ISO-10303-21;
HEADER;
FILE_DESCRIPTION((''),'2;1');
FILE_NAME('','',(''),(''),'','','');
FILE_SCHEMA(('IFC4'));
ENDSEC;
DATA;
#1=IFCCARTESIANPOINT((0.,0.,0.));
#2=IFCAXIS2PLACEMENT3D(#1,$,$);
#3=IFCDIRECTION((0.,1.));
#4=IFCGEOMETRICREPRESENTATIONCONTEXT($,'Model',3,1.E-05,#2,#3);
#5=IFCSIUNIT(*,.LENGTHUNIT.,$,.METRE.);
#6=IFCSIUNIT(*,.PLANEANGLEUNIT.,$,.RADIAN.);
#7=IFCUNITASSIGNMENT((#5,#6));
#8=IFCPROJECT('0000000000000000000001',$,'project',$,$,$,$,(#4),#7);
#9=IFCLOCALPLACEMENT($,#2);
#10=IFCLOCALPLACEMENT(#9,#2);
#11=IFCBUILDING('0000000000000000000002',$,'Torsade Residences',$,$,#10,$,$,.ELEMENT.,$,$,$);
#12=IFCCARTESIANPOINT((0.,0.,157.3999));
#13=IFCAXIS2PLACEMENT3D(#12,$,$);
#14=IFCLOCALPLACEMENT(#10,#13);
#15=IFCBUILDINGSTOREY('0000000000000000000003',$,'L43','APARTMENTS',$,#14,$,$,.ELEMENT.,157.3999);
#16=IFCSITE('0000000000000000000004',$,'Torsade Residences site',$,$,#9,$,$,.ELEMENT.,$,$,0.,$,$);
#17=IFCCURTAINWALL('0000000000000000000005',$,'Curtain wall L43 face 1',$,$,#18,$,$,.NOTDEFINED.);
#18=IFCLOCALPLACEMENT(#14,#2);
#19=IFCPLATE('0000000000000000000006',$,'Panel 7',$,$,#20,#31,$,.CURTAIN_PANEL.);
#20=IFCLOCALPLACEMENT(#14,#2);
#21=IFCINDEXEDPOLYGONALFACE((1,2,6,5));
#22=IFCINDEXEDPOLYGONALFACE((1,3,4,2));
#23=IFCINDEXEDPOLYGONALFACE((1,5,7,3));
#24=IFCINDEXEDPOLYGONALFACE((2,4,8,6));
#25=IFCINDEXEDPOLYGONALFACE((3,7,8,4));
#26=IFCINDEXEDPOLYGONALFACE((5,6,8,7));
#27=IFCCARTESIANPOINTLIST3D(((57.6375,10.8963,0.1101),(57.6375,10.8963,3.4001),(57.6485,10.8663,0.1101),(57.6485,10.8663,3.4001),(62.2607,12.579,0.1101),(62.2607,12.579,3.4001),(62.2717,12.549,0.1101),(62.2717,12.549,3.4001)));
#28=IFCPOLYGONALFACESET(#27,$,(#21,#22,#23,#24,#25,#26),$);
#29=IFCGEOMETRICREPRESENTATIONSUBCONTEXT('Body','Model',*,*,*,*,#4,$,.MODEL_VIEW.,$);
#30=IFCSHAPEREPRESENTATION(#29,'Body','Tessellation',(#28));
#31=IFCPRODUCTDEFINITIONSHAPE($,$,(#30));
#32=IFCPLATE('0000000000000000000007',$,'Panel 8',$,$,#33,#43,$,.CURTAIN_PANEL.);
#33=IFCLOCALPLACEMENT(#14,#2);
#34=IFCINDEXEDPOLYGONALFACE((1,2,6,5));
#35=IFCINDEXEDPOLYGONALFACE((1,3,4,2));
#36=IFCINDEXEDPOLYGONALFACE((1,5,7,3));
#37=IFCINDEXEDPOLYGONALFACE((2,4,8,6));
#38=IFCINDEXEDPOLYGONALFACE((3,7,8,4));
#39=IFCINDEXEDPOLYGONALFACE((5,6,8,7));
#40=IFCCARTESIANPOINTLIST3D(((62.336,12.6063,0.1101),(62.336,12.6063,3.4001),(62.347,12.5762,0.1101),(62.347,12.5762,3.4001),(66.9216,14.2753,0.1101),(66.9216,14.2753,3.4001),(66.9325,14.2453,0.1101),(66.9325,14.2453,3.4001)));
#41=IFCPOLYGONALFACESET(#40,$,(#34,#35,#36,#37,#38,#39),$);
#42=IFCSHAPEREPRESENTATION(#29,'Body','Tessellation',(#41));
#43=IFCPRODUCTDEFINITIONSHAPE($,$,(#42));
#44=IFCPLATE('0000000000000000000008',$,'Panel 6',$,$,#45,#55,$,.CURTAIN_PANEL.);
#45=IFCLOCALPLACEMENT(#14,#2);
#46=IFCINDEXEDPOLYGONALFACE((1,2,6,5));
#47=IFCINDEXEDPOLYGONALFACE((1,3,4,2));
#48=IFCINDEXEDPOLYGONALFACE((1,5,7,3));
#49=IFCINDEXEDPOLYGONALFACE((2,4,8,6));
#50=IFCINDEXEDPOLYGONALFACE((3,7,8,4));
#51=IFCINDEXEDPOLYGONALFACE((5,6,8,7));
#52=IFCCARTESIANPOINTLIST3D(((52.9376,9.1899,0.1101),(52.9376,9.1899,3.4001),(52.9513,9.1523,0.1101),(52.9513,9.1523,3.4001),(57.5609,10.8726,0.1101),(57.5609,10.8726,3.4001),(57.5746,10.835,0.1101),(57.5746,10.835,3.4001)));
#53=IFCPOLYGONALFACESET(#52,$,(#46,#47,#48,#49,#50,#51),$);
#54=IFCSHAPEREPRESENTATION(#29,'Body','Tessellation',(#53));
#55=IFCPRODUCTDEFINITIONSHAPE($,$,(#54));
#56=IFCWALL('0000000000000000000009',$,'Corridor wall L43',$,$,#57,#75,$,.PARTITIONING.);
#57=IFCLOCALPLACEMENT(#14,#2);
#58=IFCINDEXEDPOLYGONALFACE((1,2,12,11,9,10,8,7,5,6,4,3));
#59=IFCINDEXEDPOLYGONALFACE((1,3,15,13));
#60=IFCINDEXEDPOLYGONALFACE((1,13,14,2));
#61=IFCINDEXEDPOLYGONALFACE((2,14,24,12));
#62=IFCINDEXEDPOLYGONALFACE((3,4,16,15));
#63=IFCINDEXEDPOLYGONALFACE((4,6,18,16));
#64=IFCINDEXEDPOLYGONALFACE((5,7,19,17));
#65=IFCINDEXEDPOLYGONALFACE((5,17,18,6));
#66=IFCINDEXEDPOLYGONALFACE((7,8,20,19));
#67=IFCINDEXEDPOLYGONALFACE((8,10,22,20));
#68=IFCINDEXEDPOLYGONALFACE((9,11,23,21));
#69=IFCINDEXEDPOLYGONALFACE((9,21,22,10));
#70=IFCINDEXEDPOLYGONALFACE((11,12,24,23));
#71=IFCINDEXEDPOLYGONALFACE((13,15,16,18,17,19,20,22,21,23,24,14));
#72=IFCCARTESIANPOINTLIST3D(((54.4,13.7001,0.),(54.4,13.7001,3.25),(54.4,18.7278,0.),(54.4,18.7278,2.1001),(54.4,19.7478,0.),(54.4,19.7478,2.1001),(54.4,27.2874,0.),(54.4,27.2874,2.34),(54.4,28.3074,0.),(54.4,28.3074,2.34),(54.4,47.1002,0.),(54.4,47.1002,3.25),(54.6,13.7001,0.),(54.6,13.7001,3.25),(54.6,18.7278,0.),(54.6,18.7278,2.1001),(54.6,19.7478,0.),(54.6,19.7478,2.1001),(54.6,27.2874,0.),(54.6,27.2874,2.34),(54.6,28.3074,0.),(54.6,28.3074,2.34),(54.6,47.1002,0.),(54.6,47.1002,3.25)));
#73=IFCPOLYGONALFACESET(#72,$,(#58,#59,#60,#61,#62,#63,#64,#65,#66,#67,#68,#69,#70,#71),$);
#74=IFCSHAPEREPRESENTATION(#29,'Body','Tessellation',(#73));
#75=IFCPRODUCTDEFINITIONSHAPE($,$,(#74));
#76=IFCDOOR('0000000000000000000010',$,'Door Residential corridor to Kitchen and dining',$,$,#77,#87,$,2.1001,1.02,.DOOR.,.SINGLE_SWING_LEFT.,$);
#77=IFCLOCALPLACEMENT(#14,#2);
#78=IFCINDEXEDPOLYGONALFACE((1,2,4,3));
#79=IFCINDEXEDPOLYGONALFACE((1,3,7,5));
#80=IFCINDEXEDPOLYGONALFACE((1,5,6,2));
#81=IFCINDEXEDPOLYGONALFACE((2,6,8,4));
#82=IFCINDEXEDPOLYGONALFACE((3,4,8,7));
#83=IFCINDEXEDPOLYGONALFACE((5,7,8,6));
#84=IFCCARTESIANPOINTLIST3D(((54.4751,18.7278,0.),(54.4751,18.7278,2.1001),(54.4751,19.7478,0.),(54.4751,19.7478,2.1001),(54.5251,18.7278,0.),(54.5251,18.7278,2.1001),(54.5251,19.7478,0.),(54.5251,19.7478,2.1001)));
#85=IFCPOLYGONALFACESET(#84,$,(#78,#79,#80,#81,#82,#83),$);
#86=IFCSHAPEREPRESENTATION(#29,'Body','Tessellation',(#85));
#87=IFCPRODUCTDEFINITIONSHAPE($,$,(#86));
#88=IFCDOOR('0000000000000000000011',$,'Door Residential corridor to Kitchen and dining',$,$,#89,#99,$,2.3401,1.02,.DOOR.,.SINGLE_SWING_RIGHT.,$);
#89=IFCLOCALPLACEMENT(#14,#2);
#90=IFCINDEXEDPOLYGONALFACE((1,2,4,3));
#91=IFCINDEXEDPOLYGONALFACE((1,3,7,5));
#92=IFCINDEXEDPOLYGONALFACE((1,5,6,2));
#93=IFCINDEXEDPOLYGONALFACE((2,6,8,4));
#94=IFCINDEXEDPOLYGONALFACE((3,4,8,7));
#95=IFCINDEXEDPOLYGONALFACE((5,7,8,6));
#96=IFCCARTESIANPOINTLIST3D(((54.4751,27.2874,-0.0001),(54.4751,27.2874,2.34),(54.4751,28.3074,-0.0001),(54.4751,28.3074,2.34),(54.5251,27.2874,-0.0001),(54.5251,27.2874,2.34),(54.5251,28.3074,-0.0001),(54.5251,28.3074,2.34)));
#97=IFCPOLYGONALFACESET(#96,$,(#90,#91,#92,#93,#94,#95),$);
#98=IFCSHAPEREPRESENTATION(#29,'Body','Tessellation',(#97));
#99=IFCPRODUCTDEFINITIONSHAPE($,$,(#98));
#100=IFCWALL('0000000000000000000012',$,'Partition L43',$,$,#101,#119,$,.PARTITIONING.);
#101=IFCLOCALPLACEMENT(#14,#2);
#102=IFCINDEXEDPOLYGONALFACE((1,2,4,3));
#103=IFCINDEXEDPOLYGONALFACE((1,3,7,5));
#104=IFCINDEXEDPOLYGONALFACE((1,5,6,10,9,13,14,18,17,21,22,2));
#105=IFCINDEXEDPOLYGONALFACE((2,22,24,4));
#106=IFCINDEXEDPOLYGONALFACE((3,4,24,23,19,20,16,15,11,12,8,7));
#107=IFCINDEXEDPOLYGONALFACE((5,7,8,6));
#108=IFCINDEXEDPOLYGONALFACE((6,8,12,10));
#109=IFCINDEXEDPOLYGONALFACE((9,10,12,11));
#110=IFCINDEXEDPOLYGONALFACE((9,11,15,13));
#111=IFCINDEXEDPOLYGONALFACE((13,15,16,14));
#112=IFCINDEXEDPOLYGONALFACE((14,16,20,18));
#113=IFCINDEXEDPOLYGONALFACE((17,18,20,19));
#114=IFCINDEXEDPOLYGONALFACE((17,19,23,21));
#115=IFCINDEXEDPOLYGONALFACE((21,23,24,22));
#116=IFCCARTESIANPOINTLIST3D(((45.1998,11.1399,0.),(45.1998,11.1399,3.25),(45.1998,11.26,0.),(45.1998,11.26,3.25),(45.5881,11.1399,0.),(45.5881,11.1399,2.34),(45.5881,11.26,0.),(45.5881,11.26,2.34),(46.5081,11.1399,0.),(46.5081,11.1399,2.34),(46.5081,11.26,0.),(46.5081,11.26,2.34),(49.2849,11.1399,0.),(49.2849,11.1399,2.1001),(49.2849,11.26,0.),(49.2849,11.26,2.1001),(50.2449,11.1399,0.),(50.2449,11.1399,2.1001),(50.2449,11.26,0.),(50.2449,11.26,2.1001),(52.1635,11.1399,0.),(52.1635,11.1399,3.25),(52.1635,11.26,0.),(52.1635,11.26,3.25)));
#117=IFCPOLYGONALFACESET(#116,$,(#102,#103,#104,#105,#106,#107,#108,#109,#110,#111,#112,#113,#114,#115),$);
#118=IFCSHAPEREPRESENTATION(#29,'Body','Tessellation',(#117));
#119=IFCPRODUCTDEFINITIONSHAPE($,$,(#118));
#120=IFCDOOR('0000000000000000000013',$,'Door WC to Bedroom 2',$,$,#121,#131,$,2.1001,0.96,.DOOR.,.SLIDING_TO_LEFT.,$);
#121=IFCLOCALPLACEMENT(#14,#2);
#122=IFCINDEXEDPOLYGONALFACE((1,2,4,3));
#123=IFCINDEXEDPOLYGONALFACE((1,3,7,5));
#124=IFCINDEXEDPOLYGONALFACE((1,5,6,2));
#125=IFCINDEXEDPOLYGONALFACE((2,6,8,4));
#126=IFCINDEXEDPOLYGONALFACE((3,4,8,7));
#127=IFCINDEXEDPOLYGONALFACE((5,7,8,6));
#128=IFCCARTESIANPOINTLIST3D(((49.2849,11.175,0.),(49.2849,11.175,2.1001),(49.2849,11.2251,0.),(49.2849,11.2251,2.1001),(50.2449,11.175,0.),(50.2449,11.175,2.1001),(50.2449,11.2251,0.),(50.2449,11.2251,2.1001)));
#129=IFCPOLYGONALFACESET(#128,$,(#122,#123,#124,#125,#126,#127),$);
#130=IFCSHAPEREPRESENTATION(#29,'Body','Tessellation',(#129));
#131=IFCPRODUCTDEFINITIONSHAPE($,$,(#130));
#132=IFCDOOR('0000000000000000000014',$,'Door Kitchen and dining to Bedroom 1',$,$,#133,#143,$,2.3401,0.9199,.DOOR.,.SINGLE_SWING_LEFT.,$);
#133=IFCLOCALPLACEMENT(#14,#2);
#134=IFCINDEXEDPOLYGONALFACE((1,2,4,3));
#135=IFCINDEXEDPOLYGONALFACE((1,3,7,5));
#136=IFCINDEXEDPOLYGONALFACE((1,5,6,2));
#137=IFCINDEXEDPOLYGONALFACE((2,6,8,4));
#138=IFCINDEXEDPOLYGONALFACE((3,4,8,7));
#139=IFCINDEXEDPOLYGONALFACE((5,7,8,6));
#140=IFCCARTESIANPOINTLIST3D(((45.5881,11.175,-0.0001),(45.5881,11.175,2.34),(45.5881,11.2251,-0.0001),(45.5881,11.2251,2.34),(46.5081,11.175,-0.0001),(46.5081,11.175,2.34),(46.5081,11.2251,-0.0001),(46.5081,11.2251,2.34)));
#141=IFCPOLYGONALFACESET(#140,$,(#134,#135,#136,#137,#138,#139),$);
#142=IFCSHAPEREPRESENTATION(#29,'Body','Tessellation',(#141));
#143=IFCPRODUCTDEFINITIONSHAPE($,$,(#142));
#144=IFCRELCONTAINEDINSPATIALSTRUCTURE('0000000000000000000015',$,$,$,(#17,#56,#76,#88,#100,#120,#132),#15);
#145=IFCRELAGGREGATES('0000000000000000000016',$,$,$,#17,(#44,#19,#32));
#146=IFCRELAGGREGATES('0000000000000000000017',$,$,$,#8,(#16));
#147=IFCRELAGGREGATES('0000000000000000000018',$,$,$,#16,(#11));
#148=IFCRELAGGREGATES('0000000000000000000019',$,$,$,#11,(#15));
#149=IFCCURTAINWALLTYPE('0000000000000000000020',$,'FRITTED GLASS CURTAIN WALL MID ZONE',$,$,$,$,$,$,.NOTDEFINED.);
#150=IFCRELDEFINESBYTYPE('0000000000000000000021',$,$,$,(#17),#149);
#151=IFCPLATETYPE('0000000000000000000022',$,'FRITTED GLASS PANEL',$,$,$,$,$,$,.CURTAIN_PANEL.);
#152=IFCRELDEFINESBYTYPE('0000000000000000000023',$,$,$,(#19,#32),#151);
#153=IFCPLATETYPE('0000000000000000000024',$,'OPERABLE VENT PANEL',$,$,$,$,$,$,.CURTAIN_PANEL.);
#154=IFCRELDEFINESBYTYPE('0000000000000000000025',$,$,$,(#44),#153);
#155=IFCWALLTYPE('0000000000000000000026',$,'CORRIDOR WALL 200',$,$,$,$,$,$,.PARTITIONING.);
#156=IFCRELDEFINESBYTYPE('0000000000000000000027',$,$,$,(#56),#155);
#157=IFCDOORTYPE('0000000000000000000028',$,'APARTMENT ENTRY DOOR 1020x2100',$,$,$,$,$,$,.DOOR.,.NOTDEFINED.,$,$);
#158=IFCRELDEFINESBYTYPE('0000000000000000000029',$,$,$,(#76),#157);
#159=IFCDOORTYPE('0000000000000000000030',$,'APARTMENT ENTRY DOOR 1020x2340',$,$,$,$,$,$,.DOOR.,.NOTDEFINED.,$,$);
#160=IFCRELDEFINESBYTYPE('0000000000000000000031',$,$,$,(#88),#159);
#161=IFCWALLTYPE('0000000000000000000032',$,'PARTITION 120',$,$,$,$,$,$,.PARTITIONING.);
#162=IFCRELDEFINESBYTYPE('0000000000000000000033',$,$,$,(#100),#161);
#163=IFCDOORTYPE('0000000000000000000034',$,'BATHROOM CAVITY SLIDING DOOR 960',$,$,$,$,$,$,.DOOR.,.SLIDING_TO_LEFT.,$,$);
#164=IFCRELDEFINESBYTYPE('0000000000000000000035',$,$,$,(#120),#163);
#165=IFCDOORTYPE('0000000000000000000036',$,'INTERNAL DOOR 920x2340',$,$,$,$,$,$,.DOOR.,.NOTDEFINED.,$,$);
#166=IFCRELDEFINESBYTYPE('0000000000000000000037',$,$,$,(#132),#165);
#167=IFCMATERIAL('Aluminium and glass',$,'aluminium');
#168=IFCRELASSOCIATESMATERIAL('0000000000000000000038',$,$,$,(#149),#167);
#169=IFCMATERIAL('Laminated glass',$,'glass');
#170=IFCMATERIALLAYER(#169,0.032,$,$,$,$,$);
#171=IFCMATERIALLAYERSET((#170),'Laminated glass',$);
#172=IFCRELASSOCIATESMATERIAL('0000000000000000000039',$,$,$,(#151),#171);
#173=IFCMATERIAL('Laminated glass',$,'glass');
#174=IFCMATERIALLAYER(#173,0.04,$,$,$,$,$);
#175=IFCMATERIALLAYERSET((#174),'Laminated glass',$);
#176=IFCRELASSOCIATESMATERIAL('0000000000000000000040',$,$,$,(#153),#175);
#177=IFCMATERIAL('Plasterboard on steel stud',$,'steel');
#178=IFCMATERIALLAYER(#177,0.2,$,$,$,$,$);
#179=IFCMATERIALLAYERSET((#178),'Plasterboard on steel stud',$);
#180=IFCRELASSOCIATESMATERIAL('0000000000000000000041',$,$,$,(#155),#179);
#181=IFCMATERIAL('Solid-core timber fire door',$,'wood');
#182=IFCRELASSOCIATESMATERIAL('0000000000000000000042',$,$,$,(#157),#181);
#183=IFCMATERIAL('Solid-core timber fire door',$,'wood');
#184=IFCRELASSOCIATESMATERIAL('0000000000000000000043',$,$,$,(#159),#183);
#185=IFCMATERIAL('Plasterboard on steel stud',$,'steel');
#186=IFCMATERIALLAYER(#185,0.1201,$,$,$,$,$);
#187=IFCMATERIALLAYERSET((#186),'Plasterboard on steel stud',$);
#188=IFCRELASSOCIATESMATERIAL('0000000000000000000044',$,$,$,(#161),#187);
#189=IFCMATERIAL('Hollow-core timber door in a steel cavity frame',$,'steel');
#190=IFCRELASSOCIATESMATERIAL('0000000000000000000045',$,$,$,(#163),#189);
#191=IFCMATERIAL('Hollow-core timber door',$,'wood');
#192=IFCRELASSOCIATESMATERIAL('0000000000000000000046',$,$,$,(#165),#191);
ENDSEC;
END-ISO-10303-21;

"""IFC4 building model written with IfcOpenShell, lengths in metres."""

from ifc_helpers import new_model, si_unit, direction, frame, frame_2d, origin, origin_2d, place, context, subcontext, project, spatial, rectangle, extrude, material, layer, layer_set, type_object, element, fill, aggregate, save


model = new_model("IFC4")

# Units and contexts
model_context = context("Model", 3, precision=1e-05, world=origin(), true_north=direction((0.0, 1.0)))
body_context = subcontext(model_context, "Body", "Model", "MODEL_VIEW")
ifc_project = project(units=[si_unit("LENGTHUNIT", "METRE"), si_unit("PLANEANGLEUNIT", "RADIAN")], contexts=[model_context])

# Site, building, storey
site_placement = place(None, origin())
site = spatial("IfcSite", under=ifc_project, at=site_placement, Name="Torsade Residences site", CompositionType="ELEMENT", RefElevation=0.0)
building_placement = place(site_placement, origin())
building = spatial("IfcBuilding", under=site, at=building_placement, Name="Torsade Residences", CompositionType="ELEMENT")
storey_placement = place(building_placement, frame((0.0, 0.0, 157.3999)))
storey = spatial("IfcBuildingStorey", under=building, at=storey_placement, Name="L43", Description="APARTMENTS", CompositionType="ELEMENT", Elevation=157.3999)

# Curtain wall
ifc_material_1 = material(Name="Aluminium and glass", Category="aluminium")
curtain_wall_type = type_object("IfcCurtainWallType", Name="FRITTED GLASS CURTAIN WALL MID ZONE", PredefinedType="NOTDEFINED", material=ifc_material_1)
curtain_wall_placement = place(storey_placement, origin())
curtain_wall = element("IfcCurtainWall", 1, at=curtain_wall_placement, inside=storey, type_object=curtain_wall_type, Name="Curtain wall L43 face 1", PredefinedType="NOTDEFINED")

# Plates
ifc_material_2 = material(Name="Laminated glass", Category="glass")
ifc_layer_1 = layer(ifc_material_2, 0.032)
ifc_layer_set_1 = layer_set([ifc_layer_1], Name="Laminated glass")
plate_type_1 = type_object("IfcPlateType", Name="FRITTED GLASS PANEL", PredefinedType="CURTAIN_PANEL", material=ifc_layer_set_1)
plate_1_placement = place(storey_placement, frame((59.9546, 11.7227, 0.1101), z_axis=(0.0, 0.0, 1.0), x_axis=(0.939693, 0.34202, 0.0)))
plate_1 = element("IfcPlate", 2, at=plate_1_placement, type_object=plate_type_1, Name="Panel 7", PredefinedType="CURTAIN_PANEL", context=body_context, shape_type="SweptSolid", body=[
    extrude(rectangle(XDim=4.9199, YDim=0.032, at=origin_2d()), origin(), (0.0, 0.0, 1.0), 3.29),
])
plate_2_placement = place(storey_placement, frame((64.6343, 13.4258, 0.1101), z_axis=(0.0, 0.0, 1.0), x_axis=(0.939693, 0.34202, 0.0)))
plate_2 = element("IfcPlate", 3, at=plate_2_placement, type_object=plate_type_1, Name="Panel 8", PredefinedType="CURTAIN_PANEL", context=body_context, shape_type="SweptSolid", body=[
    extrude(rectangle(XDim=4.8799, YDim=0.032, at=origin_2d()), origin(), (0.0, 0.0, 1.0), 3.29),
])
ifc_material_3 = material(Name="Laminated glass", Category="glass")
ifc_layer_2 = layer(ifc_material_3, 0.04)
ifc_layer_set_2 = layer_set([ifc_layer_2], Name="Laminated glass")
plate_type_2 = type_object("IfcPlateType", Name="OPERABLE VENT PANEL", PredefinedType="CURTAIN_PANEL", material=ifc_layer_set_2)
plate_3_placement = place(storey_placement, frame((55.2561, 10.0125, 0.1101), z_axis=(0.0, 0.0, 1.0), x_axis=(0.939693, 0.34202, 0.0)))
plate_3 = element("IfcPlate", 4, at=plate_3_placement, type_object=plate_type_2, Name="Panel 6", PredefinedType="CURTAIN_PANEL", context=body_context, shape_type="SweptSolid", body=[
    extrude(rectangle(XDim=4.9199, YDim=0.04, at=origin_2d()), origin(), (0.0, 0.0, 1.0), 3.29),
])
aggregate(curtain_wall, [plate_3, plate_1, plate_2])

# Walls, openings, doors
ifc_material_4 = material(Name="Plasterboard on steel stud", Category="steel")
ifc_layer_3 = layer(ifc_material_4, 0.2)
ifc_layer_set_3 = layer_set([ifc_layer_3], Name="Plasterboard on steel stud")
wall_type_1 = type_object("IfcWallType", Name="CORRIDOR WALL 200", PredefinedType="PARTITIONING", material=ifc_layer_set_3)
wall_1_placement = place(storey_placement, frame((54.5, 13.7, 0.0), z_axis=(0.0, 0.0, 1.0), x_axis=(0.0, 1.0, 0.0)))
wall_1 = element("IfcWall", 5, at=wall_1_placement, inside=storey, type_object=wall_type_1, Name="Corridor wall L43", PredefinedType="PARTITIONING", context=body_context, shape_type="SweptSolid", body=[
    extrude(rectangle(XDim=33.4001, YDim=0.2, at=frame_2d((16.7002, 0.0))), origin(), (0.0, 0.0, 1.0), 3.25),
])
opening_1_placement = place(wall_1_placement, frame((5.0278, 0.0, 0.0)))
opening_1 = element("IfcOpeningElement", 6, at=opening_1_placement, cuts=wall_1, PredefinedType="OPENING", context=body_context, shape_type="SweptSolid", body=[
    extrude(rectangle(XDim=1.02, YDim=2.1001, at=frame_2d((0.51, 1.05))), frame((0.0, 0.1099, 0.0), z_axis=(0.0, -1.0, 0.0), x_axis=(1.0, 0.0, 0.0)), (0.0, 0.0, 1.0), 0.22),
])
opening_2_placement = place(wall_1_placement, frame((13.5874, 0.0, 0.0)))
opening_2 = element("IfcOpeningElement", 7, at=opening_2_placement, cuts=wall_1, PredefinedType="OPENING", context=body_context, shape_type="SweptSolid", body=[
    extrude(rectangle(XDim=1.02, YDim=2.3401, at=frame_2d((0.51, 1.1699))), frame((0.0, 0.1099, 0.0), z_axis=(0.0, -1.0, 0.0), x_axis=(1.0, 0.0, 0.0)), (0.0, 0.0, 1.0), 0.22),
])
ifc_material_5 = material(Name="Solid-core timber fire door", Category="wood")
door_type_1 = type_object("IfcDoorType", Name="APARTMENT ENTRY DOOR 1020x2100", OperationType="NOTDEFINED", PredefinedType="DOOR", material=ifc_material_5)
door_1_placement = place(opening_1_placement, origin())
door_1 = element("IfcDoor", 8, at=door_1_placement, inside=storey, type_object=door_type_1, Name="Door Residential corridor to Kitchen and dining", OperationType="SINGLE_SWING_LEFT", OverallHeight=2.1001, OverallWidth=1.02, PredefinedType="DOOR", context=body_context, shape_type="SweptSolid", body=[
    extrude(rectangle(XDim=1.02, YDim=2.1001, at=frame_2d((0.51, 1.05))), frame((0.0, 0.0249, 0.0), z_axis=(0.0, -1.0, 0.0), x_axis=(1.0, 0.0, 0.0)), (0.0, 0.0, 1.0), 0.05),
])
fill(opening_1, door_1)
ifc_material_6 = material(Name="Solid-core timber fire door", Category="wood")
door_type_2 = type_object("IfcDoorType", Name="APARTMENT ENTRY DOOR 1020x2340", OperationType="NOTDEFINED", PredefinedType="DOOR", material=ifc_material_6)
door_2_placement = place(opening_2_placement, origin())
door_2 = element("IfcDoor", 9, at=door_2_placement, inside=storey, type_object=door_type_2, Name="Door Residential corridor to Kitchen and dining", OperationType="SINGLE_SWING_RIGHT", OverallHeight=2.3401, OverallWidth=1.02, PredefinedType="DOOR", context=body_context, shape_type="SweptSolid", body=[
    extrude(rectangle(XDim=1.02, YDim=2.3401, at=frame_2d((0.51, 1.1699))), frame((0.0, 0.0249, 0.0), z_axis=(0.0, -1.0, 0.0), x_axis=(1.0, 0.0, 0.0)), (0.0, 0.0, 1.0), 0.05),
])
fill(opening_2, door_2)
ifc_material_7 = material(Name="Plasterboard on steel stud", Category="steel")
ifc_layer_4 = layer(ifc_material_7, 0.1201)
ifc_layer_set_4 = layer_set([ifc_layer_4], Name="Plasterboard on steel stud")
wall_type_2 = type_object("IfcWallType", Name="PARTITION 120", PredefinedType="PARTITIONING", material=ifc_layer_set_4)
wall_2_placement = place(storey_placement, frame((52.1636, 11.2, 0.0), z_axis=(0.0, 0.0, 1.0), x_axis=(-1.0, 0.0, 0.0)))
wall_2 = element("IfcWall", 10, at=wall_2_placement, inside=storey, type_object=wall_type_2, Name="Partition L43", PredefinedType="PARTITIONING", context=body_context, shape_type="SweptSolid", body=[
    extrude(rectangle(XDim=6.9636, YDim=0.1201, at=frame_2d((3.4819, 0.0))), origin(), (0.0, 0.0, 1.0), 3.25),
])
opening_3_placement = place(wall_2_placement, frame((5.6555, 0.0, 0.0)))
opening_3 = element("IfcOpeningElement", 11, at=opening_3_placement, cuts=wall_2, PredefinedType="OPENING", context=body_context, shape_type="SweptSolid", body=[
    extrude(rectangle(XDim=0.9199, YDim=2.3401, at=frame_2d((0.46, 1.1699))), frame((0.0, 0.0701, 0.0), z_axis=(0.0, -1.0, 0.0), x_axis=(1.0, 0.0, 0.0)), (0.0, 0.0, 1.0), 0.1401),
])
opening_4_placement = place(wall_2_placement, frame((1.9187, 0.0, 0.0)))
opening_4 = element("IfcOpeningElement", 12, at=opening_4_placement, cuts=wall_2, PredefinedType="OPENING", context=body_context, shape_type="SweptSolid", body=[
    extrude(rectangle(XDim=0.96, YDim=2.1001, at=frame_2d((0.48, 1.05))), frame((0.0, 0.0701, 0.0), z_axis=(0.0, -1.0, 0.0), x_axis=(1.0, 0.0, 0.0)), (0.0, 0.0, 1.0), 0.1401),
])
ifc_material_8 = material(Name="Hollow-core timber door in a steel cavity frame", Category="steel")
door_type_3 = type_object("IfcDoorType", Name="BATHROOM CAVITY SLIDING DOOR 960", OperationType="SLIDING_TO_LEFT", PredefinedType="DOOR", material=ifc_material_8)
door_3_placement = place(opening_4_placement, origin())
door_3 = element("IfcDoor", 13, at=door_3_placement, inside=storey, type_object=door_type_3, Name="Door WC to Bedroom 2", OperationType="SLIDING_TO_LEFT", OverallHeight=2.1001, OverallWidth=0.96, PredefinedType="DOOR", context=body_context, shape_type="SweptSolid", body=[
    extrude(rectangle(XDim=0.96, YDim=2.1001, at=frame_2d((0.48, 1.05))), frame((0.0, 0.0249, 0.0), z_axis=(0.0, -1.0, 0.0), x_axis=(1.0, 0.0, 0.0)), (0.0, 0.0, 1.0), 0.05),
])
fill(opening_4, door_3)
ifc_material_9 = material(Name="Hollow-core timber door", Category="wood")
door_type_4 = type_object("IfcDoorType", Name="INTERNAL DOOR 920x2340", OperationType="NOTDEFINED", PredefinedType="DOOR", material=ifc_material_9)
door_4_placement = place(opening_3_placement, origin())
door_4 = element("IfcDoor", 14, at=door_4_placement, inside=storey, type_object=door_type_4, Name="Door Kitchen and dining to Bedroom 1", OperationType="SINGLE_SWING_LEFT", OverallHeight=2.3401, OverallWidth=0.9199, PredefinedType="DOOR", context=body_context, shape_type="SweptSolid", body=[
    extrude(rectangle(XDim=0.9199, YDim=2.3401, at=frame_2d((0.46, 1.1699))), frame((0.0, 0.0249, 0.0), z_axis=(0.0, -1.0, 0.0), x_axis=(1.0, 0.0, 0.0)), (0.0, 0.0, 1.0), 0.05),
])
fill(opening_3, door_4)

save(model, "model.ifc")
